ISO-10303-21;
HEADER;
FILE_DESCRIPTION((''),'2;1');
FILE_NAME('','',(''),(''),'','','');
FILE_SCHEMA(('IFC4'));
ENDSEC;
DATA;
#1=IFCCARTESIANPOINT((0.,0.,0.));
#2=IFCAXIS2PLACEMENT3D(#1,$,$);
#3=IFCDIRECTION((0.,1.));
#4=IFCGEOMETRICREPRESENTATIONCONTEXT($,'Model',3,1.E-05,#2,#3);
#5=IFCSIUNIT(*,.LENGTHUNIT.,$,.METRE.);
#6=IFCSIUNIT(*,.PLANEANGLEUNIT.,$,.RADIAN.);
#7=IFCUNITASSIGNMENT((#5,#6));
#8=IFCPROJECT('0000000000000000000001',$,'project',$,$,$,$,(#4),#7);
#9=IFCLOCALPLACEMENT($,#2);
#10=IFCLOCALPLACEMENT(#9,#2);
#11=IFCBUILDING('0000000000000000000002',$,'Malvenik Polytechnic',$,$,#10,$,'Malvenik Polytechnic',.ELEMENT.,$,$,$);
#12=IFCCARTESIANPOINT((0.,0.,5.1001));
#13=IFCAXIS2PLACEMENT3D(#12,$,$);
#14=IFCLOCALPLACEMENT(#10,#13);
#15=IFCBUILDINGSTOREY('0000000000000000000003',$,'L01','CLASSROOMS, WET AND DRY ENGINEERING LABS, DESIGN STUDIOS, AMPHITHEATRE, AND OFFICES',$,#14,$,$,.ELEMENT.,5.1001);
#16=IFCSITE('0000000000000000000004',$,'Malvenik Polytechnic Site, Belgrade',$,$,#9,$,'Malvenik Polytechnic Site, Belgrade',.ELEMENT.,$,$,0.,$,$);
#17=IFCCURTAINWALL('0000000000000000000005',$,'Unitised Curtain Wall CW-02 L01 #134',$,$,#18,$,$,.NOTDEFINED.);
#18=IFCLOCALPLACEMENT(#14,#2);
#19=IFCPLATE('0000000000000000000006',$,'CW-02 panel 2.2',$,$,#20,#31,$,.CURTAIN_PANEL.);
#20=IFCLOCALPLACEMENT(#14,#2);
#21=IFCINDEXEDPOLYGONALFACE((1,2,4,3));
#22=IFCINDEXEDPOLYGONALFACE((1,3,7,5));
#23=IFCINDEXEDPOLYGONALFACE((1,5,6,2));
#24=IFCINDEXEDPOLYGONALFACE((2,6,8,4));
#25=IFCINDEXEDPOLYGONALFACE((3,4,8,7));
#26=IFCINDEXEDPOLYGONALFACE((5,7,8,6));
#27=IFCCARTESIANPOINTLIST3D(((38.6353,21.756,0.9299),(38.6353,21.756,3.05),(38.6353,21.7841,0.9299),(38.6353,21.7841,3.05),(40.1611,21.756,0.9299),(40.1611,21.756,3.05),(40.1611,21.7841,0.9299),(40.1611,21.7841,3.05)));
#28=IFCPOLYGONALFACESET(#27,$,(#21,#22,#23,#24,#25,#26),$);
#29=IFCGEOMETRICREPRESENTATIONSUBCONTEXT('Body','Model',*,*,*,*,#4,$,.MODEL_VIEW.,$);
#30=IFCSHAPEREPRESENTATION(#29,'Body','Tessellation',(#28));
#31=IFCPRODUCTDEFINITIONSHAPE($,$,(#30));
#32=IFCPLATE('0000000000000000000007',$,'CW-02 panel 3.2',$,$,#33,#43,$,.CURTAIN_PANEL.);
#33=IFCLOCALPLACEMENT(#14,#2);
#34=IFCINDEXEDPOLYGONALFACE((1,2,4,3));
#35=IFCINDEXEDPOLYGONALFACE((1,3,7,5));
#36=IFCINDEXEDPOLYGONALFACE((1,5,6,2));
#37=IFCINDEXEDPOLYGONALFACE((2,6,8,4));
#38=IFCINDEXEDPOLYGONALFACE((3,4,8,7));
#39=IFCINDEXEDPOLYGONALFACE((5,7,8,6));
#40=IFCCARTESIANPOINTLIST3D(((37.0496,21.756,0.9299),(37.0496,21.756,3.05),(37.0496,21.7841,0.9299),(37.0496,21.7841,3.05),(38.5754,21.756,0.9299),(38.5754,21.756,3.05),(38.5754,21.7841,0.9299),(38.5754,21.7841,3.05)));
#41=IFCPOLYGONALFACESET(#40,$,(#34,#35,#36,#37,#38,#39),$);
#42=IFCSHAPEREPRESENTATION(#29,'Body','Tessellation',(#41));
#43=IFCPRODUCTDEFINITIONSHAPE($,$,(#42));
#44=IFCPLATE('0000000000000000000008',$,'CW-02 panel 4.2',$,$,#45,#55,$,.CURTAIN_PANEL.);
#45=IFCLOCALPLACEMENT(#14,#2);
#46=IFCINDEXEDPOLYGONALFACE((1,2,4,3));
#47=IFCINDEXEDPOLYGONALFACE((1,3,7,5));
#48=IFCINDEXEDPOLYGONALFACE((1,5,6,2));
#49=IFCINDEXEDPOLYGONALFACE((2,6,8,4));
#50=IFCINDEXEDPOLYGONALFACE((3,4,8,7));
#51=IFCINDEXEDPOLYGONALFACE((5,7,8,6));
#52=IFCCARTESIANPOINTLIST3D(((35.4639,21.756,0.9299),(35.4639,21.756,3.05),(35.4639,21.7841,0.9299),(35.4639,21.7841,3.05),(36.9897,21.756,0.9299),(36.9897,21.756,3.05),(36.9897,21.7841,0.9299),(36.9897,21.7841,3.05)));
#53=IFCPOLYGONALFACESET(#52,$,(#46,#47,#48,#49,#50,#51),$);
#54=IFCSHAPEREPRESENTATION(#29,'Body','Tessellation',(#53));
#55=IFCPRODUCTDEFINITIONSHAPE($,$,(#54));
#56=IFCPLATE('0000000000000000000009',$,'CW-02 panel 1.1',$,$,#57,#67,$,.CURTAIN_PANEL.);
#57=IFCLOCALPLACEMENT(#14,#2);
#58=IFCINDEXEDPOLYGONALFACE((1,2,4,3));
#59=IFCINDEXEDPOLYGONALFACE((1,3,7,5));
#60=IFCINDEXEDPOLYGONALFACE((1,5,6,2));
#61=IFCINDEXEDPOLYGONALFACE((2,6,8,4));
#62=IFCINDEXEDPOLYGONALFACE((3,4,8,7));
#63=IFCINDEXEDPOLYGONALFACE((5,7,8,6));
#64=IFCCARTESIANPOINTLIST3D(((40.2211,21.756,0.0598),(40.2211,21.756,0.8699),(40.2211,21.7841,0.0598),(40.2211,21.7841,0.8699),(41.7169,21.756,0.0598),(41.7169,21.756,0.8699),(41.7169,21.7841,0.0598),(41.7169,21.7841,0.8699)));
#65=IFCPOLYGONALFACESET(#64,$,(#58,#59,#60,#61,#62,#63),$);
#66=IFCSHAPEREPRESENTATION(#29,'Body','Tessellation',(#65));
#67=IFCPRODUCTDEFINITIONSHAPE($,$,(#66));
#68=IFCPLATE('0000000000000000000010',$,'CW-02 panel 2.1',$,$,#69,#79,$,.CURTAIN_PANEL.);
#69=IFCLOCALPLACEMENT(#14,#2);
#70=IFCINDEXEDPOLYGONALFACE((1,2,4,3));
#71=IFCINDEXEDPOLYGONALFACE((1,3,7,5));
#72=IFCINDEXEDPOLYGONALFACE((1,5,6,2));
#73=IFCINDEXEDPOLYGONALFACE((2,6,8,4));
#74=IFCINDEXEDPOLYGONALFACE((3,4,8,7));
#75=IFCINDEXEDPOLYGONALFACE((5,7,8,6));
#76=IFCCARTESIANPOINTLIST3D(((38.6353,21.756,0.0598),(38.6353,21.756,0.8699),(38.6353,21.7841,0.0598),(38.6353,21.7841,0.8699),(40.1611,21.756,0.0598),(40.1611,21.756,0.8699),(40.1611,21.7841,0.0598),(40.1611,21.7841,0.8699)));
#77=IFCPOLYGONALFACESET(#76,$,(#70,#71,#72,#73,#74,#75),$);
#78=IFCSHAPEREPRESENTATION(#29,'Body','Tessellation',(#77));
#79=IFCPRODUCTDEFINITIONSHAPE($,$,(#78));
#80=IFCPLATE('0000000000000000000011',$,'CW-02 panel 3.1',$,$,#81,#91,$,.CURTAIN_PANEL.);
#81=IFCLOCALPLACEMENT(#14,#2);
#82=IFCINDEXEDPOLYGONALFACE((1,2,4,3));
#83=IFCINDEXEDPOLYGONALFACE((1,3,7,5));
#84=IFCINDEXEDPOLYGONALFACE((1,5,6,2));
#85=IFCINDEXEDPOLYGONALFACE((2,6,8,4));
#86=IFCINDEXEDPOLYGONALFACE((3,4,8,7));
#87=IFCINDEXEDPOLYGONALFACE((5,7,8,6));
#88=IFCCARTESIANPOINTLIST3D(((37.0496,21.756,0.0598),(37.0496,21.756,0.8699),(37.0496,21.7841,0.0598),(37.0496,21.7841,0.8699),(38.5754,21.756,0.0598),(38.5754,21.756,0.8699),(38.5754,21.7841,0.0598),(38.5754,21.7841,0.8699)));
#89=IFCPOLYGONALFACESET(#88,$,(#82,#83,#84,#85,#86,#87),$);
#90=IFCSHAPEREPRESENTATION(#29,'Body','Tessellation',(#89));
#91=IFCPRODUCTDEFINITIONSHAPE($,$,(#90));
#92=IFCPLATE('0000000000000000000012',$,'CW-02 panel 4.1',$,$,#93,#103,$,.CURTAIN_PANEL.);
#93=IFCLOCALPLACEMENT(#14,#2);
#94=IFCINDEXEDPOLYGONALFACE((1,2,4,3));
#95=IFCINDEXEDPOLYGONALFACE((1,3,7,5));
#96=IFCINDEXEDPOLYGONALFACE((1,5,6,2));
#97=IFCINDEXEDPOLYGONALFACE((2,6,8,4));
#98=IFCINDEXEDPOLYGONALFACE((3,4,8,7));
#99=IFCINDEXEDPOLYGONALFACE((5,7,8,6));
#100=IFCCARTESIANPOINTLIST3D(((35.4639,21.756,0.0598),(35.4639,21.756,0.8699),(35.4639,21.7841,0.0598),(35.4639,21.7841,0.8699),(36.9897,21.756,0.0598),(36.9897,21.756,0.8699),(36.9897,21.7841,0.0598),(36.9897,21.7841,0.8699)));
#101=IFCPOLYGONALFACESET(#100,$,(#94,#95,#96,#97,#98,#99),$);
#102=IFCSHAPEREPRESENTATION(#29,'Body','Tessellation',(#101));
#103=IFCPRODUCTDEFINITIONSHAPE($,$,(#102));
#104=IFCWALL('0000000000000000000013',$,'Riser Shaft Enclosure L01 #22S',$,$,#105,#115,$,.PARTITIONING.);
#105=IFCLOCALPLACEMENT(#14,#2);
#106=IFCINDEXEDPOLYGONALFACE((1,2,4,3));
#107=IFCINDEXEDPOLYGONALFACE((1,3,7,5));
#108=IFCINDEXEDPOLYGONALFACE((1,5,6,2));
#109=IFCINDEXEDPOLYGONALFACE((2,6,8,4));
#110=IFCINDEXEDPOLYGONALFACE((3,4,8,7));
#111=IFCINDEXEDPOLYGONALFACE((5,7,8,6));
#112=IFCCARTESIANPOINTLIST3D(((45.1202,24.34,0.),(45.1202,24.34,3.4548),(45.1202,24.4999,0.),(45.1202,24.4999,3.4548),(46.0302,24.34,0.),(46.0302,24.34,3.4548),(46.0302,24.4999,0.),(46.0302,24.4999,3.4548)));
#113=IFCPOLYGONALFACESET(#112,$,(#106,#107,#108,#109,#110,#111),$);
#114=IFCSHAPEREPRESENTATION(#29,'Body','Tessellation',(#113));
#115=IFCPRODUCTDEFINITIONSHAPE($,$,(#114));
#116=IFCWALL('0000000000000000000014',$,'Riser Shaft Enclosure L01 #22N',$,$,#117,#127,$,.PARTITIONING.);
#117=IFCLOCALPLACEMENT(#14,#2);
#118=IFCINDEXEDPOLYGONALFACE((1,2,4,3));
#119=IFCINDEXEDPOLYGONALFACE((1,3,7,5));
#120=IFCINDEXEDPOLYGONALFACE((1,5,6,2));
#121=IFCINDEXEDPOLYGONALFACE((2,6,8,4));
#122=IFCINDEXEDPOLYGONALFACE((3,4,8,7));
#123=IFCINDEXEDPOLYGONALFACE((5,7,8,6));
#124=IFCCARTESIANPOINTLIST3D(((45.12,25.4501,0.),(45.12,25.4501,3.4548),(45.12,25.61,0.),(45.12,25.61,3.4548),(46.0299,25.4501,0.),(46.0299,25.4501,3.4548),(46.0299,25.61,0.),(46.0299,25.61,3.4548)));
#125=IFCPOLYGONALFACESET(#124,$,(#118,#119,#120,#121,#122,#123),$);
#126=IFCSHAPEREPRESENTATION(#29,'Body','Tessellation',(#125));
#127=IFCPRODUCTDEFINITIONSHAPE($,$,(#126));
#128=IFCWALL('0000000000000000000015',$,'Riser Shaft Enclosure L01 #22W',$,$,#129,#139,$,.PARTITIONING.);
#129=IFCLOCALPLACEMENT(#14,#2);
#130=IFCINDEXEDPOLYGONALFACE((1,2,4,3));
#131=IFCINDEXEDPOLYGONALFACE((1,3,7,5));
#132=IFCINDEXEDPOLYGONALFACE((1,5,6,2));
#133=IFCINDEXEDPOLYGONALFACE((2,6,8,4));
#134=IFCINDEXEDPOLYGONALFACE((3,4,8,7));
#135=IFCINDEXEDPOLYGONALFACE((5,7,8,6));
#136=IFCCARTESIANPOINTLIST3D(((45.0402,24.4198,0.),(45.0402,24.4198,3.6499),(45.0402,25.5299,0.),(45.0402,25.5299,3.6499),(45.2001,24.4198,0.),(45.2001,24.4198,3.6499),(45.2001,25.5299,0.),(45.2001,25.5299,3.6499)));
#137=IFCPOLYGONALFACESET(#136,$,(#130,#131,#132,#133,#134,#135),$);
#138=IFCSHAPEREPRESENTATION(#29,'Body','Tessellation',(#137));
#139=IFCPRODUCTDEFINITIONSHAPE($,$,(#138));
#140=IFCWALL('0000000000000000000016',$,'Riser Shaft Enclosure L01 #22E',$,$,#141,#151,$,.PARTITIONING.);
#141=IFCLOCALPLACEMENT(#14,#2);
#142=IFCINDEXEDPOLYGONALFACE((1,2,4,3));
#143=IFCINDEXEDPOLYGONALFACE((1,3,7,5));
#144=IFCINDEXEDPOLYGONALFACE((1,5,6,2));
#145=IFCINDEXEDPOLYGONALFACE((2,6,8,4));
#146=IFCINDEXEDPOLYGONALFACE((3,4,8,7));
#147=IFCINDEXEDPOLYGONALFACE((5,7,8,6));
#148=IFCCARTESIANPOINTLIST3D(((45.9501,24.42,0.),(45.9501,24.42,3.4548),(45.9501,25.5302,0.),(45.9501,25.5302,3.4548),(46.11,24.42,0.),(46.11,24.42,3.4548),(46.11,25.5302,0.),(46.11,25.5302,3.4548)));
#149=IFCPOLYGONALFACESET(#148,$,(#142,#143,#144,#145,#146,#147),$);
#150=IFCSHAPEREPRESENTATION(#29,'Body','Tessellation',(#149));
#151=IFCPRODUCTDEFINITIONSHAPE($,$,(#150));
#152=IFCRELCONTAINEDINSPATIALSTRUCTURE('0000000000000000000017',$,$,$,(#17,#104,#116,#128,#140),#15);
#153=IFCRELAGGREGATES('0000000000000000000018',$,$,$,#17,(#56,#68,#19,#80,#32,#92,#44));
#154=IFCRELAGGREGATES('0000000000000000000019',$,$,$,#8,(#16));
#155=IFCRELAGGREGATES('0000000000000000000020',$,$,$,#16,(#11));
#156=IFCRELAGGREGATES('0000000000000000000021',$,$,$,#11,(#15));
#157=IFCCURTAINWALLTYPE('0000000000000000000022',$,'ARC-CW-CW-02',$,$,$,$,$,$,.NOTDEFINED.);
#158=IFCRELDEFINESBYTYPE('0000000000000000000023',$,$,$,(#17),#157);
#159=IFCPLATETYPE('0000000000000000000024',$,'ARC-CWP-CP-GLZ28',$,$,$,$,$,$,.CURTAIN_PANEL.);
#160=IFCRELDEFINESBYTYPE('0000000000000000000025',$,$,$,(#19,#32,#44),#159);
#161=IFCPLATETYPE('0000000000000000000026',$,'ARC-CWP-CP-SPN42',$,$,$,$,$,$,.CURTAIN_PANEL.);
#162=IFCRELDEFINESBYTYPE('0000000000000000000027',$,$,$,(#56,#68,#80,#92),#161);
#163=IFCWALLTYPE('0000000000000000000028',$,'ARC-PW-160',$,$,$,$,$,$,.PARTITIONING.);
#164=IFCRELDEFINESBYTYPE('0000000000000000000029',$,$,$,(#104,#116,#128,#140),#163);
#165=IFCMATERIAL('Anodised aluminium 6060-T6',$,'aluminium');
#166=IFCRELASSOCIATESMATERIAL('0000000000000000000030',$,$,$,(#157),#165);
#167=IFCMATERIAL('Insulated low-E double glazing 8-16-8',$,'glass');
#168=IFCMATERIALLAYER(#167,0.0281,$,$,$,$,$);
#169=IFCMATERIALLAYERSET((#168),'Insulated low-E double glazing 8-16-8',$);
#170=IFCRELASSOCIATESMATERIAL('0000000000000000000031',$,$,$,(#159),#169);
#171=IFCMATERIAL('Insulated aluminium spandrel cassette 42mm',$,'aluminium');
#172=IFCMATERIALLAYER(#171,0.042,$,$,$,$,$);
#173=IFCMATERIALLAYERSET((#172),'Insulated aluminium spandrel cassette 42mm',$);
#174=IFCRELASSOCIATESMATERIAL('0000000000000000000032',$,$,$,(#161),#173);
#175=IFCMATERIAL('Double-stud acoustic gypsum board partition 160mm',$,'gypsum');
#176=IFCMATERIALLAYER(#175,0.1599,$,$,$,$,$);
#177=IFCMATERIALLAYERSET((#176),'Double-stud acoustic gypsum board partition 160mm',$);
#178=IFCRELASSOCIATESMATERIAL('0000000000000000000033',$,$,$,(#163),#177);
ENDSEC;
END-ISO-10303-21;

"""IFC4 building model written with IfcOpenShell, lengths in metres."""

from ifc_helpers import new_model, si_unit, direction, frame, frame_2d, origin, origin_2d, place, context, subcontext, project, spatial, rectangle, extrude, material, layer, layer_set, type_object, element, aggregate, save


model = new_model("IFC4")

# Units and contexts
model_context = context("Model", 3, precision=1e-05, world=origin(), true_north=direction((0.0, 1.0)))
body_context = subcontext(model_context, "Body", "Model", "MODEL_VIEW")
ifc_project = project(units=[si_unit("LENGTHUNIT", "METRE"), si_unit("PLANEANGLEUNIT", "RADIAN")], contexts=[model_context])

# Site, building, storey
site_placement = place(None, origin())
site = spatial("IfcSite", under=ifc_project, at=site_placement, Name="Malvenik Polytechnic Site, Belgrade", LongName="Malvenik Polytechnic Site, Belgrade", CompositionType="ELEMENT", RefElevation=0.0)
building_placement = place(site_placement, origin())
building = spatial("IfcBuilding", under=site, at=building_placement, Name="Malvenik Polytechnic", LongName="Malvenik Polytechnic", CompositionType="ELEMENT")
storey_placement = place(building_placement, frame((0.0, 0.0, 5.1001)))
storey = spatial("IfcBuildingStorey", under=building, at=storey_placement, Name="L01", Description="CLASSROOMS, WET AND DRY ENGINEERING LABS, DESIGN STUDIOS, AMPHITHEATRE, AND OFFICES", CompositionType="ELEMENT", Elevation=5.1001)

# Curtain wall
ifc_material_1 = material(Name="Anodised aluminium 6060-T6", Category="aluminium")
curtain_wall_type = type_object("IfcCurtainWallType", Name="ARC-CW-CW-02", PredefinedType="NOTDEFINED", material=ifc_material_1)
curtain_wall_placement = place(storey_placement, origin())
curtain_wall = element("IfcCurtainWall", 1, at=curtain_wall_placement, inside=storey, type_object=curtain_wall_type, Name="Unitised Curtain Wall CW-02 L01 #134", PredefinedType="NOTDEFINED")

# Plates
ifc_material_2 = material(Name="Insulated low-E double glazing 8-16-8", Category="glass")
ifc_layer_1 = layer(ifc_material_2, 0.0281)
ifc_layer_set_1 = layer_set([ifc_layer_1], Name="Insulated low-E double glazing 8-16-8")
plate_type_1 = type_object("IfcPlateType", Name="ARC-CWP-CP-GLZ28", PredefinedType="CURTAIN_PANEL", material=ifc_layer_set_1)
plate_1_placement = place(storey_placement, frame((39.3982, 21.77, 0.9299), z_axis=(0.0, 0.0, 1.0), x_axis=(-1.0, 0.0, 0.0)))
plate_1 = element("IfcPlate", 2, at=plate_1_placement, type_object=plate_type_1, Name="CW-02 panel 2.2", PredefinedType="CURTAIN_PANEL", context=body_context, shape_type="SweptSolid", body=[
    extrude(rectangle(XDim=1.5259, YDim=0.0281, at=origin_2d()), origin(), (0.0, 0.0, 1.0), 2.1201),
])
plate_2_placement = place(storey_placement, frame((37.8125, 21.77, 0.9299), z_axis=(0.0, 0.0, 1.0), x_axis=(-1.0, 0.0, 0.0)))
plate_2 = element("IfcPlate", 3, at=plate_2_placement, type_object=plate_type_1, Name="CW-02 panel 3.2", PredefinedType="CURTAIN_PANEL", context=body_context, shape_type="SweptSolid", body=[
    extrude(rectangle(XDim=1.5259, YDim=0.0281, at=origin_2d()), origin(), (0.0, 0.0, 1.0), 2.1201),
])
plate_3_placement = place(storey_placement, frame((36.2268, 21.77, 0.9299), z_axis=(0.0, 0.0, 1.0), x_axis=(-1.0, 0.0, 0.0)))
plate_3 = element("IfcPlate", 4, at=plate_3_placement, type_object=plate_type_1, Name="CW-02 panel 4.2", PredefinedType="CURTAIN_PANEL", context=body_context, shape_type="SweptSolid", body=[
    extrude(rectangle(XDim=1.5259, YDim=0.0281, at=origin_2d()), origin(), (0.0, 0.0, 1.0), 2.1201),
])
ifc_material_3 = material(Name="Insulated aluminium spandrel cassette 42mm", Category="aluminium")
ifc_layer_2 = layer(ifc_material_3, 0.042)
ifc_layer_set_2 = layer_set([ifc_layer_2], Name="Insulated aluminium spandrel cassette 42mm")
plate_type_2 = type_object("IfcPlateType", Name="ARC-CWP-CP-SPN42", PredefinedType="CURTAIN_PANEL", material=ifc_layer_set_2)
plate_4_placement = place(storey_placement, frame((40.969, 21.77, 0.0598), z_axis=(0.0, 0.0, 1.0), x_axis=(-1.0, 0.0, 0.0)))
plate_4 = element("IfcPlate", 5, at=plate_4_placement, type_object=plate_type_2, Name="CW-02 panel 1.1", PredefinedType="CURTAIN_PANEL", context=body_context, shape_type="SweptSolid", body=[
    extrude(rectangle(XDim=1.4958, YDim=0.0281, at=origin_2d()), origin(), (0.0, 0.0, 1.0), 0.8101),
])
plate_5_placement = place(storey_placement, frame((39.3982, 21.77, 0.0598), z_axis=(0.0, 0.0, 1.0), x_axis=(-1.0, 0.0, 0.0)))
plate_5 = element("IfcPlate", 6, at=plate_5_placement, type_object=plate_type_2, Name="CW-02 panel 2.1", PredefinedType="CURTAIN_PANEL", context=body_context, shape_type="SweptSolid", body=[
    extrude(rectangle(XDim=1.5259, YDim=0.0281, at=origin_2d()), origin(), (0.0, 0.0, 1.0), 0.8101),
])
plate_6_placement = place(storey_placement, frame((37.8125, 21.77, 0.0598), z_axis=(0.0, 0.0, 1.0), x_axis=(-1.0, 0.0, 0.0)))
plate_6 = element("IfcPlate", 7, at=plate_6_placement, type_object=plate_type_2, Name="CW-02 panel 3.1", PredefinedType="CURTAIN_PANEL", context=body_context, shape_type="SweptSolid", body=[
    extrude(rectangle(XDim=1.5259, YDim=0.0281, at=origin_2d()), origin(), (0.0, 0.0, 1.0), 0.8101),
])
plate_7_placement = place(storey_placement, frame((36.2268, 21.77, 0.0598), z_axis=(0.0, 0.0, 1.0), x_axis=(-1.0, 0.0, 0.0)))
plate_7 = element("IfcPlate", 8, at=plate_7_placement, type_object=plate_type_2, Name="CW-02 panel 4.1", PredefinedType="CURTAIN_PANEL", context=body_context, shape_type="SweptSolid", body=[
    extrude(rectangle(XDim=1.5259, YDim=0.0281, at=origin_2d()), origin(), (0.0, 0.0, 1.0), 0.8101),
])
aggregate(curtain_wall, [plate_4, plate_5, plate_1, plate_6, plate_2, plate_7, plate_3])

# Walls
ifc_material_4 = material(Name="Double-stud acoustic gypsum board partition 160mm", Category="gypsum")
ifc_layer_3 = layer(ifc_material_4, 0.1599)
ifc_layer_set_3 = layer_set([ifc_layer_3], Name="Double-stud acoustic gypsum board partition 160mm")
wall_type = type_object("IfcWallType", Name="ARC-PW-160", PredefinedType="PARTITIONING", material=ifc_layer_set_3)
for number, where, z_axis, x_axis, name in (
    (9, (45.1201, 24.4199, 0.0), (0.0, 0.0, 1.0), (1.0, 0.0, 0.0), "Riser Shaft Enclosure L01 #22S"),
    (10, (46.03, 25.53, 0.0), (0.0, 0.0, 1.0), (-1.0, 0.0, 0.0), "Riser Shaft Enclosure L01 #22N"),
):
    element("IfcWall", number, at=place(storey_placement, frame(where, z_axis=z_axis, x_axis=x_axis)), inside=storey, type_object=wall_type, Name=name, PredefinedType="PARTITIONING", context=body_context, shape_type="SweptSolid", body=[
        extrude(rectangle(XDim=0.9099, YDim=0.1599, at=frame_2d((0.4551, 0.0))), origin(), (0.0, 0.0, 1.0), 3.4548),
    ])
wall_1_placement = place(storey_placement, frame((45.1201, 25.53, 0.0), z_axis=(0.0, 0.0, 1.0), x_axis=(0.0, -1.0, 0.0)))
element("IfcWall", 11, at=wall_1_placement, inside=storey, type_object=wall_type, Name="Riser Shaft Enclosure L01 #22W", PredefinedType="PARTITIONING", context=body_context, shape_type="SweptSolid", body=[
    extrude(rectangle(XDim=1.1101, YDim=0.1599, at=frame_2d((0.5552, 0.0))), origin(), (0.0, 0.0, 1.0), 3.6499),
])
wall_2_placement = place(storey_placement, frame((46.03, 24.4199, 0.0), z_axis=(0.0, 0.0, 1.0), x_axis=(0.0, 1.0, 0.0)))
element("IfcWall", 12, at=wall_2_placement, inside=storey, type_object=wall_type, Name="Riser Shaft Enclosure L01 #22E", PredefinedType="PARTITIONING", context=body_context, shape_type="SweptSolid", body=[
    extrude(rectangle(XDim=1.1101, YDim=0.1599, at=frame_2d((0.5552, 0.0))), origin(), (0.0, 0.0, 1.0), 3.4548),
])

save(model, "model.ifc")
